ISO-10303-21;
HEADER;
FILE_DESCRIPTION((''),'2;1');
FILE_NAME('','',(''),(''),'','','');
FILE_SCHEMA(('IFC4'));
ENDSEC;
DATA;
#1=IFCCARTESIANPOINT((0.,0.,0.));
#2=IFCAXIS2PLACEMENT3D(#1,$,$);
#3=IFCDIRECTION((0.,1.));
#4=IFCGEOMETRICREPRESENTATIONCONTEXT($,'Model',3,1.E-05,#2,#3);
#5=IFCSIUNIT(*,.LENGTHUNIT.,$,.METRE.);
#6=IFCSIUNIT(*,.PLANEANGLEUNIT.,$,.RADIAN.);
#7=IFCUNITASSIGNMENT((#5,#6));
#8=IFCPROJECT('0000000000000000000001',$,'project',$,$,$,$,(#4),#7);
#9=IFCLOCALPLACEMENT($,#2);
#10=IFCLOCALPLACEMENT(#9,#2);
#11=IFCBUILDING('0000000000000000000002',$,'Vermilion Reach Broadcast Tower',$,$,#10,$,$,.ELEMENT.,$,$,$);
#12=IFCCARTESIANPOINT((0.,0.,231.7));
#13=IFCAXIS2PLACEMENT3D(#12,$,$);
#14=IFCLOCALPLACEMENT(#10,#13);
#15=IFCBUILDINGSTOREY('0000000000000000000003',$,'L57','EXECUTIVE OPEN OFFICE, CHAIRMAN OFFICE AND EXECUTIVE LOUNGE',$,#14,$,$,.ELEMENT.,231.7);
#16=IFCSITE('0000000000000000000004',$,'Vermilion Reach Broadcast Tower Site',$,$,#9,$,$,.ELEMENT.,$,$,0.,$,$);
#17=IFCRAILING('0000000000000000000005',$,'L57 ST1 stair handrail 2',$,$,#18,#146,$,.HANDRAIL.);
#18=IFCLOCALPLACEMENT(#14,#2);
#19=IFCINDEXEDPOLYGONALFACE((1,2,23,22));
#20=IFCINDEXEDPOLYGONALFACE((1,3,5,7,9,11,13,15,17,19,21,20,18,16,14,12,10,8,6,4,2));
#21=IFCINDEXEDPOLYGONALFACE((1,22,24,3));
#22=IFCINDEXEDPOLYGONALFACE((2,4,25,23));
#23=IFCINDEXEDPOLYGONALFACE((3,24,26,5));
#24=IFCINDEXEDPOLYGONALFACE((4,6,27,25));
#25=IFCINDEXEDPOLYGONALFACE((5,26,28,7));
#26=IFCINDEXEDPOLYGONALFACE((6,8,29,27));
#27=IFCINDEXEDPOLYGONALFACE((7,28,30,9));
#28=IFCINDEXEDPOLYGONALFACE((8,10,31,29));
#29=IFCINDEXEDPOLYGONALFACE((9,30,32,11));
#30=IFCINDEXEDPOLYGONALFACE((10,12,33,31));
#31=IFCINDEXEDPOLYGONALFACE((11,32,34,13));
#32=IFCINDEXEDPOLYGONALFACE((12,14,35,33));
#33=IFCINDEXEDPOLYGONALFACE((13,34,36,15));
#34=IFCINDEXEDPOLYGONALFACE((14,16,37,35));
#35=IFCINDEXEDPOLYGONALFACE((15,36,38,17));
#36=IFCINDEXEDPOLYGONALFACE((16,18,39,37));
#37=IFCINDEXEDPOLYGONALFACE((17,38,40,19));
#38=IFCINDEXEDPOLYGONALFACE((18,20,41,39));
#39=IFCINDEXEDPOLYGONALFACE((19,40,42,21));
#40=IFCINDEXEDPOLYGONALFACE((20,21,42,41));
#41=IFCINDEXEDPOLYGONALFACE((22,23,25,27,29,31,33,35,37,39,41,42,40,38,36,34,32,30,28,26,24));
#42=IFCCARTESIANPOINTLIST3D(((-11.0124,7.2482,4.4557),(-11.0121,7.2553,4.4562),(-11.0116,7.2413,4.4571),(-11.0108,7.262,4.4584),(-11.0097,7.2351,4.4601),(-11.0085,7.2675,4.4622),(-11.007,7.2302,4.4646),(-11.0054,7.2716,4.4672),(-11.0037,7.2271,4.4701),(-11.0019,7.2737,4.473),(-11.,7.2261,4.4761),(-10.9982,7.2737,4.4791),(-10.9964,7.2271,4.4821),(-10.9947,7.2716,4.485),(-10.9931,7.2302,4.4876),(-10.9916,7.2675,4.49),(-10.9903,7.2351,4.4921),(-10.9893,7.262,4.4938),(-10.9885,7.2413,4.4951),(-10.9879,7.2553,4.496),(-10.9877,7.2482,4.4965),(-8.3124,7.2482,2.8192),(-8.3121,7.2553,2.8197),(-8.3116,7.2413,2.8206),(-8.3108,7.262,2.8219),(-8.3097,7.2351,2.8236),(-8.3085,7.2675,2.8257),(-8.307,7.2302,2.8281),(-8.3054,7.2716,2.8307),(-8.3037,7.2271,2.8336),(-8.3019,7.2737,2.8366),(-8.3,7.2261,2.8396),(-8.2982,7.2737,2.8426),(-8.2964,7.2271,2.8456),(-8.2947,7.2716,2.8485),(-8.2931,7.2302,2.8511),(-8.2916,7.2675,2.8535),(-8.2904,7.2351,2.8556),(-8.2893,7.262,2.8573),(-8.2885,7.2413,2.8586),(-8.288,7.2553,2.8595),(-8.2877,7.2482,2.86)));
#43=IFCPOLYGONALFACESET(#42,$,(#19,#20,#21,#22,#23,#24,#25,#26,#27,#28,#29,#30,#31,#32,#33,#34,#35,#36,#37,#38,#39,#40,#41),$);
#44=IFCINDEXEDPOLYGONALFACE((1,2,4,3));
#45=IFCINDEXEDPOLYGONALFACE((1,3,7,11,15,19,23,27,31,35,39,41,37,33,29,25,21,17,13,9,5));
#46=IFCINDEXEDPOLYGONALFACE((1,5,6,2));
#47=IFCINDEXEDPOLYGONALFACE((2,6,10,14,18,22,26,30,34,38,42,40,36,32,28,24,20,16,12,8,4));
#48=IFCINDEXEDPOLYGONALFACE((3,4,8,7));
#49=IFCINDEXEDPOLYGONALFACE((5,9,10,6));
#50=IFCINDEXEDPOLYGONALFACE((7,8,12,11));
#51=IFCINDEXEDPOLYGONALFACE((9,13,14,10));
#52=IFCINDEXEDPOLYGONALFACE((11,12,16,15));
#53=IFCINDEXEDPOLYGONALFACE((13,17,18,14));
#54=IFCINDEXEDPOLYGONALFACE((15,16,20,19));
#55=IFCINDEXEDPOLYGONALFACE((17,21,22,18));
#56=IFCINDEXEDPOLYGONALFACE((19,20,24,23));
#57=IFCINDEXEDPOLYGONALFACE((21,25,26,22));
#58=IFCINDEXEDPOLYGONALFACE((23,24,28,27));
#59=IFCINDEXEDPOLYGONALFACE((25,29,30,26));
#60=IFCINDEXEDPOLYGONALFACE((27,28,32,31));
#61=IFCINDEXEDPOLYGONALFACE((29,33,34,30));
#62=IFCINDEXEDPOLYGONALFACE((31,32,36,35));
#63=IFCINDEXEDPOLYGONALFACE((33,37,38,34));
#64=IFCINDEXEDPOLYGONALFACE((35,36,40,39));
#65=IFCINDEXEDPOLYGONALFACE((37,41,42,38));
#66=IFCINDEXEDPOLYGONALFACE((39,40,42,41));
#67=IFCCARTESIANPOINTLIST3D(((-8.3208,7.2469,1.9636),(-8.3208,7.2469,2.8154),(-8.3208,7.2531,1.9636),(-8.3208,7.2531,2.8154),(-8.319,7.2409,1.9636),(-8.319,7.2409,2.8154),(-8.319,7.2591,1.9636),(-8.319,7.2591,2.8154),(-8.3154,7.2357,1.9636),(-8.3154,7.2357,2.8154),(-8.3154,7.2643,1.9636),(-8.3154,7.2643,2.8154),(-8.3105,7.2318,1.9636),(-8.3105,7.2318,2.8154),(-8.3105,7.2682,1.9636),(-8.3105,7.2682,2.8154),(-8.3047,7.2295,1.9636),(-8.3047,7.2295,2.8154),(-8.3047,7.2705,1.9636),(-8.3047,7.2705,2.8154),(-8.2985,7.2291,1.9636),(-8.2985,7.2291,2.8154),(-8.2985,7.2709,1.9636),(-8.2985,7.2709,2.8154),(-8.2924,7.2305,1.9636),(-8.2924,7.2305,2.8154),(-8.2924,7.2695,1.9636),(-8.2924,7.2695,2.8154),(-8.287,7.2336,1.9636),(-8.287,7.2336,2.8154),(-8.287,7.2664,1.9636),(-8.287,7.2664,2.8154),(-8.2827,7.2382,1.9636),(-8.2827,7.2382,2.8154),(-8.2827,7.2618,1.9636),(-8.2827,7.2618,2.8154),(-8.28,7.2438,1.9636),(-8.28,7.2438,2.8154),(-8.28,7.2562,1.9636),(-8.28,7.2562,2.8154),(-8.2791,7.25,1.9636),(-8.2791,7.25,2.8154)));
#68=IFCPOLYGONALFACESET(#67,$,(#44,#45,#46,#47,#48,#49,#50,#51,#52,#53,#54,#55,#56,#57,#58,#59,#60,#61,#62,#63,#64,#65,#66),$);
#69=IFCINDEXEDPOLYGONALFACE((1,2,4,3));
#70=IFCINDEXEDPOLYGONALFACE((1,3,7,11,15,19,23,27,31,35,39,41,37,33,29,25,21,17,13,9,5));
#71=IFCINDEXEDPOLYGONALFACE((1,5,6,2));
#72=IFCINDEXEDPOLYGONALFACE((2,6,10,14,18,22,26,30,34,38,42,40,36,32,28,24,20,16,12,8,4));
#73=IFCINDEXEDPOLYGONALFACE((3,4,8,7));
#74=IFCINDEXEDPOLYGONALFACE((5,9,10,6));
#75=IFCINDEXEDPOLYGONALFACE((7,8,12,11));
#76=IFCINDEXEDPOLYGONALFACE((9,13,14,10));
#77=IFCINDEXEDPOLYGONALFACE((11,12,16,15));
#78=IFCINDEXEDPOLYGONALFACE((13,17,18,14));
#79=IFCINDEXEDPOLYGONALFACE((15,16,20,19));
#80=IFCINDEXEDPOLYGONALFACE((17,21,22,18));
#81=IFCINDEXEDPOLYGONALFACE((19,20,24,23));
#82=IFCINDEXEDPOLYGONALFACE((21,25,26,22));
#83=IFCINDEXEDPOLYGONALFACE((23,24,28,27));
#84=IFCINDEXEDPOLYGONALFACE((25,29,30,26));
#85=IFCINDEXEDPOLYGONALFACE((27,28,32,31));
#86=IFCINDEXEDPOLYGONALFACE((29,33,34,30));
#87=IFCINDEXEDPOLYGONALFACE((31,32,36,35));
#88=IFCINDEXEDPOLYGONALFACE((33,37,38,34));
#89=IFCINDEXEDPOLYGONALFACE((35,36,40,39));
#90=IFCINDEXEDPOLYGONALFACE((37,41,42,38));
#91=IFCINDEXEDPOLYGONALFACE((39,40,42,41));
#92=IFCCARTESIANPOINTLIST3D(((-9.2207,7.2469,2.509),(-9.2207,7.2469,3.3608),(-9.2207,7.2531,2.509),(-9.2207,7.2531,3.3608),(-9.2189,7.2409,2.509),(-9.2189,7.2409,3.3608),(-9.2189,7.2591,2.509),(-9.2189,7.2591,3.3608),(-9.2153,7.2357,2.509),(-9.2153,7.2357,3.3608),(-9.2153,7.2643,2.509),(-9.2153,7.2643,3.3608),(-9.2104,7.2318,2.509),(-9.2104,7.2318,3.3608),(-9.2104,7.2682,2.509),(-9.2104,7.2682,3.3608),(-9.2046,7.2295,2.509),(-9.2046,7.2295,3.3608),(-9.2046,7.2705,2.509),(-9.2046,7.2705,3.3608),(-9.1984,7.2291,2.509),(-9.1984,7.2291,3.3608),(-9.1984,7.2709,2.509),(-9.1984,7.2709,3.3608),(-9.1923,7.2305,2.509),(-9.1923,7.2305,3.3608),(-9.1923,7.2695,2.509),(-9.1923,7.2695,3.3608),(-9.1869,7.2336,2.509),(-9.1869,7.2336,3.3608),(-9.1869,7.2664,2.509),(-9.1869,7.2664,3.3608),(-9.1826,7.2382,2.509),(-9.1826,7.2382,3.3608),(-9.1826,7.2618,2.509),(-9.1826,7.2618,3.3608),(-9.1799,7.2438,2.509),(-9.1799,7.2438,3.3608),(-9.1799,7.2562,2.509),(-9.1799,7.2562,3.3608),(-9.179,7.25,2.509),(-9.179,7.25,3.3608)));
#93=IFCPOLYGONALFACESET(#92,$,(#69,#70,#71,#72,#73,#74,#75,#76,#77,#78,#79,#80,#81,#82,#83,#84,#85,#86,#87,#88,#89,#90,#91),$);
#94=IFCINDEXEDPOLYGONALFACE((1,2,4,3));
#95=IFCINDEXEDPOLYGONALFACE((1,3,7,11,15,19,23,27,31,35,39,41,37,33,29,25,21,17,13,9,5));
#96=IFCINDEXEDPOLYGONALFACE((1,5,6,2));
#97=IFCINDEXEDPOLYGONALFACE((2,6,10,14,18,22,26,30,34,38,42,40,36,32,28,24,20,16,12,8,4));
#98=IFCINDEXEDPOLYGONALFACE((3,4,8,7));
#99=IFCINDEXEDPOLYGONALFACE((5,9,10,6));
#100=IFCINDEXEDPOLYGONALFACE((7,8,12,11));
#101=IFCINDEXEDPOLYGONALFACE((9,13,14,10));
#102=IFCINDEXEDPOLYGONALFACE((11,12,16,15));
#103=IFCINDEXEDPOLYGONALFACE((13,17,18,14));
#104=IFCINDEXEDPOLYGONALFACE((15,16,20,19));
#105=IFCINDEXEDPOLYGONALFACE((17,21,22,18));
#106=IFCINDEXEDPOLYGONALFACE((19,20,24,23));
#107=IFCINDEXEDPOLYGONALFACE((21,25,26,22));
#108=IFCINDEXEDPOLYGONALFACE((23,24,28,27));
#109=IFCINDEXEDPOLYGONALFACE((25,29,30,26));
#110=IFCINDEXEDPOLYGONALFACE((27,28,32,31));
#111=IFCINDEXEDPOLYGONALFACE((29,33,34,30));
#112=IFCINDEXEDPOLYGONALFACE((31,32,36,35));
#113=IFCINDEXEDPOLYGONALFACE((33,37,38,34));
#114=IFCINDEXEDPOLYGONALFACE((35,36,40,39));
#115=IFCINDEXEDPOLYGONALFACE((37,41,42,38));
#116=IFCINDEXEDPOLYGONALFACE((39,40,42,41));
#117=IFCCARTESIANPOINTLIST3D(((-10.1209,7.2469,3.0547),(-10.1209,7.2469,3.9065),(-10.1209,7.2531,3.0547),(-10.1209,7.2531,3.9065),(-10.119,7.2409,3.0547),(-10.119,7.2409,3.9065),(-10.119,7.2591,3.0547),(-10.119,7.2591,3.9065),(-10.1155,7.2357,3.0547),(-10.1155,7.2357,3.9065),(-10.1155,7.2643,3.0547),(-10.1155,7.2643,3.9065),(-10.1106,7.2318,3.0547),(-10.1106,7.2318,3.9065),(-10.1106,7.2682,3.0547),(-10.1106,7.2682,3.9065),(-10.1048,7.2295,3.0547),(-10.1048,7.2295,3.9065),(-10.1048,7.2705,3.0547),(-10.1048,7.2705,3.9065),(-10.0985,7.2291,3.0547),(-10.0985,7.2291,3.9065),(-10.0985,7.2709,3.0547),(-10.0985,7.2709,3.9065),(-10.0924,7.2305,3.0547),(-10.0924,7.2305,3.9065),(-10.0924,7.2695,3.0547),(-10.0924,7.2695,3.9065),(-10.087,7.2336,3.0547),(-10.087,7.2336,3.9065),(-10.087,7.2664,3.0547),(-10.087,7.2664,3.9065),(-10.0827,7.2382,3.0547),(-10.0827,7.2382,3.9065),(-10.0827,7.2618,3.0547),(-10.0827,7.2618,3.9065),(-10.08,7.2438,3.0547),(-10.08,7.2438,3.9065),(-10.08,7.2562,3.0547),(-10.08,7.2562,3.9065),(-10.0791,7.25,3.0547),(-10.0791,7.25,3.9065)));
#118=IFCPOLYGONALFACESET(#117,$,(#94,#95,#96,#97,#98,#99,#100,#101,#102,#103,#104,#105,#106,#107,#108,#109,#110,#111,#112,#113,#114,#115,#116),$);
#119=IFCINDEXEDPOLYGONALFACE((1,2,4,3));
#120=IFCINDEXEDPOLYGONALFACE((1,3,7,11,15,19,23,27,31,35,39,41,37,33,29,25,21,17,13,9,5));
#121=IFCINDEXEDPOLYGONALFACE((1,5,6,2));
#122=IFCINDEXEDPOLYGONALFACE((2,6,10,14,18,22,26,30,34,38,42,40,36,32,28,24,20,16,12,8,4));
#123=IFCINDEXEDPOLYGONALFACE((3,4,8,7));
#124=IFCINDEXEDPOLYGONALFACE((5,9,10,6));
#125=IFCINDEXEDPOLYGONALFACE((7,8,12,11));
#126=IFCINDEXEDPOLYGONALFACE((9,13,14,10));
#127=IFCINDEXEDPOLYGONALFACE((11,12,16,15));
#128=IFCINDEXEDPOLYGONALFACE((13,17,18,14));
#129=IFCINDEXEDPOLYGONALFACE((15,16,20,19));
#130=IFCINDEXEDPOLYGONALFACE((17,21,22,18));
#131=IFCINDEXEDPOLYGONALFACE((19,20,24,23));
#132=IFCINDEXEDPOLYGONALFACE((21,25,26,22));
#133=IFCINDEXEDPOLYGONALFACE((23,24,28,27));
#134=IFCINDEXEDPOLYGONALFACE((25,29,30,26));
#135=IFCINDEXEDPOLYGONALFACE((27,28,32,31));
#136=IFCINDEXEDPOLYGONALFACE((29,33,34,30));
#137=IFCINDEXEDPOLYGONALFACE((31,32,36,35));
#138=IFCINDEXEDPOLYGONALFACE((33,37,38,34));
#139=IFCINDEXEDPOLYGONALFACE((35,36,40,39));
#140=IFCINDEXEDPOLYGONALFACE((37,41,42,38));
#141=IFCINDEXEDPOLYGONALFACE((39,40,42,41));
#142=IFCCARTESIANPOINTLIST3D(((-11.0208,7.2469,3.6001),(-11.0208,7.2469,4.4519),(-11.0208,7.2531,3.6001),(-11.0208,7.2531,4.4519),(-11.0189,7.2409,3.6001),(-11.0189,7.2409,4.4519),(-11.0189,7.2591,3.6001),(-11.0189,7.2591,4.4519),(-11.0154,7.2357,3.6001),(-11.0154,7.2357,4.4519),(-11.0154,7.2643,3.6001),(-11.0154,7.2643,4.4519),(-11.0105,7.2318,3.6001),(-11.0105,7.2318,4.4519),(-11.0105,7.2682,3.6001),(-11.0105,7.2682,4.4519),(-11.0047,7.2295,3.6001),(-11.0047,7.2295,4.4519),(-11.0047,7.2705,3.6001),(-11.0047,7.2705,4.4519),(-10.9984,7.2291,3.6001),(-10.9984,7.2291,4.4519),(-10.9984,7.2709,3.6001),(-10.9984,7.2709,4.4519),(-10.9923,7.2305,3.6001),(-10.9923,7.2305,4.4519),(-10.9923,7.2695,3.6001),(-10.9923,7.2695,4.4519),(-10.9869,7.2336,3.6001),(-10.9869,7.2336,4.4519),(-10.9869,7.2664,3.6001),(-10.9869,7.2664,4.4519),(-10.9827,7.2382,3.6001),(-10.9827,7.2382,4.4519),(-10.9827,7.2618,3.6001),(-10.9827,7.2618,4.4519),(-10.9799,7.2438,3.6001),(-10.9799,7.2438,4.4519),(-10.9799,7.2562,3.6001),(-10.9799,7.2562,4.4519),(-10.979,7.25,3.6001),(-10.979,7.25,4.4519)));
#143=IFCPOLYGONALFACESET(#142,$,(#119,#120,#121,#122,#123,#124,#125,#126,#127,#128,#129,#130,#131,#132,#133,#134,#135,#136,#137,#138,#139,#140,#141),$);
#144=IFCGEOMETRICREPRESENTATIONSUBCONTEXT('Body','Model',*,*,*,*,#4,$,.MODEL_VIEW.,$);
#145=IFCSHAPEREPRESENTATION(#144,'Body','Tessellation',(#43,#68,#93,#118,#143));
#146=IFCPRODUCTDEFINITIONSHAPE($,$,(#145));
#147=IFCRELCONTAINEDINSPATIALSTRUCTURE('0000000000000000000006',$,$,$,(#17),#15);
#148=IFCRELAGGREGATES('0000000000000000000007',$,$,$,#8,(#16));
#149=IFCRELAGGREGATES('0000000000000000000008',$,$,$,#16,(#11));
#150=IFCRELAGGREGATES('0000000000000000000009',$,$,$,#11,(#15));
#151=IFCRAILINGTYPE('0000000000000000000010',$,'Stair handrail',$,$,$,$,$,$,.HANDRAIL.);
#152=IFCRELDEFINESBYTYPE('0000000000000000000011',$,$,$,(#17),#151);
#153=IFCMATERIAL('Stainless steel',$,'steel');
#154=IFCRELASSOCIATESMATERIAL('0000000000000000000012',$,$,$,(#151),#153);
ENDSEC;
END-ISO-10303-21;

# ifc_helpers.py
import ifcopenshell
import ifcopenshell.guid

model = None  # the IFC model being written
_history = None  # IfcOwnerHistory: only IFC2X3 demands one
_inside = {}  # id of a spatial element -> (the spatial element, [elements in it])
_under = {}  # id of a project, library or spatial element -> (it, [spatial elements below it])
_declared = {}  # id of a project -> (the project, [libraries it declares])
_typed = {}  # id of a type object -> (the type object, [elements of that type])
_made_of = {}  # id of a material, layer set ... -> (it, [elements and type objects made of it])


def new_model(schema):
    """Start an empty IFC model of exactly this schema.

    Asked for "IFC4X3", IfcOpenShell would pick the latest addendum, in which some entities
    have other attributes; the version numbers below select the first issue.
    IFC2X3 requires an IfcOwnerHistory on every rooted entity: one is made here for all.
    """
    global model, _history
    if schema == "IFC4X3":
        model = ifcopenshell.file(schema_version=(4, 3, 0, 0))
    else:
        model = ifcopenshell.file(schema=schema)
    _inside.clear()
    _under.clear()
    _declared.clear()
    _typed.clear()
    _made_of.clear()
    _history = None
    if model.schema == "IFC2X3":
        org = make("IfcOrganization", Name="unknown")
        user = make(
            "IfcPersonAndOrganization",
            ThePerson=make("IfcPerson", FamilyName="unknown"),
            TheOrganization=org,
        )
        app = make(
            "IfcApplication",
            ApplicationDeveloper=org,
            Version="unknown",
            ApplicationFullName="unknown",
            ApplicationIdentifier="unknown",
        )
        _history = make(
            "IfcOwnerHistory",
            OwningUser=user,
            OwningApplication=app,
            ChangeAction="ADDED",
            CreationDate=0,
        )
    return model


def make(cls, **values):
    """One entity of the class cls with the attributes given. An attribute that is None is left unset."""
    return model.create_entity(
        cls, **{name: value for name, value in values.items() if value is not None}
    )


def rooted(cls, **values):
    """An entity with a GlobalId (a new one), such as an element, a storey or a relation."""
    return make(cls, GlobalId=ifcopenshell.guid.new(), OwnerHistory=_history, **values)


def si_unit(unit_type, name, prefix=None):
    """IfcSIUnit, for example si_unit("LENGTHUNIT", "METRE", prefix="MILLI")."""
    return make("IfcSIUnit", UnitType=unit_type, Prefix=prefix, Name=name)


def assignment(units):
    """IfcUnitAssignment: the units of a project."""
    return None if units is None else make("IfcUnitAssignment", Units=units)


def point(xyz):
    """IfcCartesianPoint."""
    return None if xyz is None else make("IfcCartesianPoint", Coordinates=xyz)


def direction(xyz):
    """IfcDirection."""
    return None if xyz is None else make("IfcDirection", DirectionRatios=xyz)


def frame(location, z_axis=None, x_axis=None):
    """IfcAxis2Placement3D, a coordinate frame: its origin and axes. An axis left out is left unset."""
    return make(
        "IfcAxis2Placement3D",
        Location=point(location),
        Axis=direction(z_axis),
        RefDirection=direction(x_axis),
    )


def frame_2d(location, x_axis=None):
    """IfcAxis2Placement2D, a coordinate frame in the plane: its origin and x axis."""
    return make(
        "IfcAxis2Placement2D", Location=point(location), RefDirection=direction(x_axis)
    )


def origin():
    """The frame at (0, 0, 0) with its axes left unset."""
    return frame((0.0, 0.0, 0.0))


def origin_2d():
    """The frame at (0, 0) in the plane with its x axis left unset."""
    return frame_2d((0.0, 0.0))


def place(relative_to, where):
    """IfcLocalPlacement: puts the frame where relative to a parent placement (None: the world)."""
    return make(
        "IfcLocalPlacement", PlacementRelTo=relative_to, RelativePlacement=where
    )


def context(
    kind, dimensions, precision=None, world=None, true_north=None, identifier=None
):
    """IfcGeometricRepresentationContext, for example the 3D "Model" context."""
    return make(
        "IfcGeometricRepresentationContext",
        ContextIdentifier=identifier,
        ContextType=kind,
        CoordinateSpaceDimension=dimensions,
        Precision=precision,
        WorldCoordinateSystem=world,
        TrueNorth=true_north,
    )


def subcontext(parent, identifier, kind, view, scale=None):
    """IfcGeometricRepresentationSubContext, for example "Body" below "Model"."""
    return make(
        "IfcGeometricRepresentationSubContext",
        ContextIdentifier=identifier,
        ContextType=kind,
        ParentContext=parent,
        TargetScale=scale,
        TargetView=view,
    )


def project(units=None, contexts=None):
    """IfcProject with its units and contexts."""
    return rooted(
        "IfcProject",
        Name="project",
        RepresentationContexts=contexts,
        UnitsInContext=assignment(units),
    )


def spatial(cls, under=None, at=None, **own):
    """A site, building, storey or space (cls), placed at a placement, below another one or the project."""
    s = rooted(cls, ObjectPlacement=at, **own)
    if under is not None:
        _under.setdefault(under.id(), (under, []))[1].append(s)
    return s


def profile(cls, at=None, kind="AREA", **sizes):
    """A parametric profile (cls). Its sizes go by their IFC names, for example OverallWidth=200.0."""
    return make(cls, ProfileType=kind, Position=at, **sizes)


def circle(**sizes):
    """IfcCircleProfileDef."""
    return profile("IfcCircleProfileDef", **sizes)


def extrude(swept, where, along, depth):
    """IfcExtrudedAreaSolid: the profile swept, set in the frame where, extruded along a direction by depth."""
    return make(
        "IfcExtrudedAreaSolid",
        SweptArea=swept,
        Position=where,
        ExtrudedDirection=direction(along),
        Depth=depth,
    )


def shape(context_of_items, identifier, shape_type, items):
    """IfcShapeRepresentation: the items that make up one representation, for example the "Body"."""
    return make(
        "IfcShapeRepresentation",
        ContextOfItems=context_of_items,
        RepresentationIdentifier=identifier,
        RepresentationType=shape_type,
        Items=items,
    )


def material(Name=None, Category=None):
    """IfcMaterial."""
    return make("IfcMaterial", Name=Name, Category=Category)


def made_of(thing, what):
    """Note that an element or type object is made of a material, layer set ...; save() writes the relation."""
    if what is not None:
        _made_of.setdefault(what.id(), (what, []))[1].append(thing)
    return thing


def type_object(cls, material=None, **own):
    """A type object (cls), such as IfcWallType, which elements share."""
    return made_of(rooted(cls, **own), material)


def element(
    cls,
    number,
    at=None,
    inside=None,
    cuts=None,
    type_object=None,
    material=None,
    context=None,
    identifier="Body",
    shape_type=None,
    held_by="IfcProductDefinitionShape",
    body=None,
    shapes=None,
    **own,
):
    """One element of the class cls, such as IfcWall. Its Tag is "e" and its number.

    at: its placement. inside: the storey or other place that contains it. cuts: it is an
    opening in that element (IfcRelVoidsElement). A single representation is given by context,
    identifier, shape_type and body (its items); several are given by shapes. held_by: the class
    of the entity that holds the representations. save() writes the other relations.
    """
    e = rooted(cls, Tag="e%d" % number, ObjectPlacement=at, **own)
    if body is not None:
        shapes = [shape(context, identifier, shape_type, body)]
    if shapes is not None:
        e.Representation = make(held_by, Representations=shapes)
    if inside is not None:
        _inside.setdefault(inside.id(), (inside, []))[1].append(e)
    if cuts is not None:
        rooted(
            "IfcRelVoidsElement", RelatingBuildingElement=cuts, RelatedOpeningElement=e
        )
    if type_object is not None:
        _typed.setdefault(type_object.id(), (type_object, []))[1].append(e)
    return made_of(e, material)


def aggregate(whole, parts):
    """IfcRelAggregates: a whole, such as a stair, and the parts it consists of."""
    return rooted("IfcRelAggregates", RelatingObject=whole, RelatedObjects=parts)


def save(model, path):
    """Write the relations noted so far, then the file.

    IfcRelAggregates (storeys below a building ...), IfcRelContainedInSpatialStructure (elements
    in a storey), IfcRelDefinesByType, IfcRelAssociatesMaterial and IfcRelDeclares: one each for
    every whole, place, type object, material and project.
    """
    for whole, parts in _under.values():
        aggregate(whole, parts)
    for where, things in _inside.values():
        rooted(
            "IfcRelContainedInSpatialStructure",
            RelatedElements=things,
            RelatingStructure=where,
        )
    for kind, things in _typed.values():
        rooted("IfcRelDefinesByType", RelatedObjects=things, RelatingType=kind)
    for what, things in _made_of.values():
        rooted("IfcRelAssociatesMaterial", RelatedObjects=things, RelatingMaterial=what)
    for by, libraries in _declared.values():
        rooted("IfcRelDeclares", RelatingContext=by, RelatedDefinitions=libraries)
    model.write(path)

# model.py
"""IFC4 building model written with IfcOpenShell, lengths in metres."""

from ifc_helpers import new_model, si_unit, direction, frame, origin, origin_2d, place, context, subcontext, project, spatial, circle, extrude, material, type_object, element, save


model = new_model("IFC4")

# Units and contexts
model_context = context("Model", 3, precision=1e-05, world=origin(), true_north=direction((0.0, 1.0)))
body_context = subcontext(model_context, "Body", "Model", "MODEL_VIEW")
ifc_project = project(units=[si_unit("LENGTHUNIT", "METRE"), si_unit("PLANEANGLEUNIT", "RADIAN")], contexts=[model_context])

# Site, building, storey
site_placement = place(None, origin())
site = spatial("IfcSite", under=ifc_project, at=site_placement, Name="Vermilion Reach Broadcast Tower Site", CompositionType="ELEMENT", RefElevation=0.0)
building_placement = place(site_placement, origin())
building = spatial("IfcBuilding", under=site, at=building_placement, Name="Vermilion Reach Broadcast Tower", CompositionType="ELEMENT")
storey_placement = place(building_placement, frame((0.0, 0.0, 231.7)))
storey = spatial("IfcBuildingStorey", under=building, at=storey_placement, Name="L57", Description="EXECUTIVE OPEN OFFICE, CHAIRMAN OFFICE AND EXECUTIVE LOUNGE", CompositionType="ELEMENT", Elevation=231.7)

# Railing
ifc_material_1 = material(Name="Stainless steel", Category="steel")
railing_type_1 = type_object("IfcRailingType", Name="Stair handrail", PredefinedType="HANDRAIL", material=ifc_material_1)
railing_1_placement = place(storey_placement, frame((-8.3, 7.25, 1.9636)))
element("IfcRailing", 1, at=railing_1_placement, inside=storey, type_object=railing_type_1, Name="L57 ST1 stair handrail 2", PredefinedType="HANDRAIL", context=body_context, shape_type="SweptSolid", body=[
    extrude(circle(Radius=0.0239, at=origin_2d()), frame((0.0, 0.0, 0.876), z_axis=(-0.855178, 0.0, 0.518334), x_axis=(0.0, -1.0, 0.0)), (0.0, 0.0, 1.0), 3.1572),
    extrude(circle(Radius=0.021, at=origin_2d()), origin(), (0.0, 0.0, 1.0), 0.8518),
    extrude(circle(Radius=0.021, at=origin_2d()), frame((-0.8999, 0.0, 0.5454)), (0.0, 0.0, 1.0), 0.8518),
    extrude(circle(Radius=0.021, at=origin_2d()), frame((-1.8, 0.0, 1.0911)), (0.0, 0.0, 1.0), 0.8518),
    extrude(circle(Radius=0.021, at=origin_2d()), frame((-2.7, 0.0, 1.6365)), (0.0, 0.0, 1.0), 0.8518),
])

save(model, "model.ifc")
